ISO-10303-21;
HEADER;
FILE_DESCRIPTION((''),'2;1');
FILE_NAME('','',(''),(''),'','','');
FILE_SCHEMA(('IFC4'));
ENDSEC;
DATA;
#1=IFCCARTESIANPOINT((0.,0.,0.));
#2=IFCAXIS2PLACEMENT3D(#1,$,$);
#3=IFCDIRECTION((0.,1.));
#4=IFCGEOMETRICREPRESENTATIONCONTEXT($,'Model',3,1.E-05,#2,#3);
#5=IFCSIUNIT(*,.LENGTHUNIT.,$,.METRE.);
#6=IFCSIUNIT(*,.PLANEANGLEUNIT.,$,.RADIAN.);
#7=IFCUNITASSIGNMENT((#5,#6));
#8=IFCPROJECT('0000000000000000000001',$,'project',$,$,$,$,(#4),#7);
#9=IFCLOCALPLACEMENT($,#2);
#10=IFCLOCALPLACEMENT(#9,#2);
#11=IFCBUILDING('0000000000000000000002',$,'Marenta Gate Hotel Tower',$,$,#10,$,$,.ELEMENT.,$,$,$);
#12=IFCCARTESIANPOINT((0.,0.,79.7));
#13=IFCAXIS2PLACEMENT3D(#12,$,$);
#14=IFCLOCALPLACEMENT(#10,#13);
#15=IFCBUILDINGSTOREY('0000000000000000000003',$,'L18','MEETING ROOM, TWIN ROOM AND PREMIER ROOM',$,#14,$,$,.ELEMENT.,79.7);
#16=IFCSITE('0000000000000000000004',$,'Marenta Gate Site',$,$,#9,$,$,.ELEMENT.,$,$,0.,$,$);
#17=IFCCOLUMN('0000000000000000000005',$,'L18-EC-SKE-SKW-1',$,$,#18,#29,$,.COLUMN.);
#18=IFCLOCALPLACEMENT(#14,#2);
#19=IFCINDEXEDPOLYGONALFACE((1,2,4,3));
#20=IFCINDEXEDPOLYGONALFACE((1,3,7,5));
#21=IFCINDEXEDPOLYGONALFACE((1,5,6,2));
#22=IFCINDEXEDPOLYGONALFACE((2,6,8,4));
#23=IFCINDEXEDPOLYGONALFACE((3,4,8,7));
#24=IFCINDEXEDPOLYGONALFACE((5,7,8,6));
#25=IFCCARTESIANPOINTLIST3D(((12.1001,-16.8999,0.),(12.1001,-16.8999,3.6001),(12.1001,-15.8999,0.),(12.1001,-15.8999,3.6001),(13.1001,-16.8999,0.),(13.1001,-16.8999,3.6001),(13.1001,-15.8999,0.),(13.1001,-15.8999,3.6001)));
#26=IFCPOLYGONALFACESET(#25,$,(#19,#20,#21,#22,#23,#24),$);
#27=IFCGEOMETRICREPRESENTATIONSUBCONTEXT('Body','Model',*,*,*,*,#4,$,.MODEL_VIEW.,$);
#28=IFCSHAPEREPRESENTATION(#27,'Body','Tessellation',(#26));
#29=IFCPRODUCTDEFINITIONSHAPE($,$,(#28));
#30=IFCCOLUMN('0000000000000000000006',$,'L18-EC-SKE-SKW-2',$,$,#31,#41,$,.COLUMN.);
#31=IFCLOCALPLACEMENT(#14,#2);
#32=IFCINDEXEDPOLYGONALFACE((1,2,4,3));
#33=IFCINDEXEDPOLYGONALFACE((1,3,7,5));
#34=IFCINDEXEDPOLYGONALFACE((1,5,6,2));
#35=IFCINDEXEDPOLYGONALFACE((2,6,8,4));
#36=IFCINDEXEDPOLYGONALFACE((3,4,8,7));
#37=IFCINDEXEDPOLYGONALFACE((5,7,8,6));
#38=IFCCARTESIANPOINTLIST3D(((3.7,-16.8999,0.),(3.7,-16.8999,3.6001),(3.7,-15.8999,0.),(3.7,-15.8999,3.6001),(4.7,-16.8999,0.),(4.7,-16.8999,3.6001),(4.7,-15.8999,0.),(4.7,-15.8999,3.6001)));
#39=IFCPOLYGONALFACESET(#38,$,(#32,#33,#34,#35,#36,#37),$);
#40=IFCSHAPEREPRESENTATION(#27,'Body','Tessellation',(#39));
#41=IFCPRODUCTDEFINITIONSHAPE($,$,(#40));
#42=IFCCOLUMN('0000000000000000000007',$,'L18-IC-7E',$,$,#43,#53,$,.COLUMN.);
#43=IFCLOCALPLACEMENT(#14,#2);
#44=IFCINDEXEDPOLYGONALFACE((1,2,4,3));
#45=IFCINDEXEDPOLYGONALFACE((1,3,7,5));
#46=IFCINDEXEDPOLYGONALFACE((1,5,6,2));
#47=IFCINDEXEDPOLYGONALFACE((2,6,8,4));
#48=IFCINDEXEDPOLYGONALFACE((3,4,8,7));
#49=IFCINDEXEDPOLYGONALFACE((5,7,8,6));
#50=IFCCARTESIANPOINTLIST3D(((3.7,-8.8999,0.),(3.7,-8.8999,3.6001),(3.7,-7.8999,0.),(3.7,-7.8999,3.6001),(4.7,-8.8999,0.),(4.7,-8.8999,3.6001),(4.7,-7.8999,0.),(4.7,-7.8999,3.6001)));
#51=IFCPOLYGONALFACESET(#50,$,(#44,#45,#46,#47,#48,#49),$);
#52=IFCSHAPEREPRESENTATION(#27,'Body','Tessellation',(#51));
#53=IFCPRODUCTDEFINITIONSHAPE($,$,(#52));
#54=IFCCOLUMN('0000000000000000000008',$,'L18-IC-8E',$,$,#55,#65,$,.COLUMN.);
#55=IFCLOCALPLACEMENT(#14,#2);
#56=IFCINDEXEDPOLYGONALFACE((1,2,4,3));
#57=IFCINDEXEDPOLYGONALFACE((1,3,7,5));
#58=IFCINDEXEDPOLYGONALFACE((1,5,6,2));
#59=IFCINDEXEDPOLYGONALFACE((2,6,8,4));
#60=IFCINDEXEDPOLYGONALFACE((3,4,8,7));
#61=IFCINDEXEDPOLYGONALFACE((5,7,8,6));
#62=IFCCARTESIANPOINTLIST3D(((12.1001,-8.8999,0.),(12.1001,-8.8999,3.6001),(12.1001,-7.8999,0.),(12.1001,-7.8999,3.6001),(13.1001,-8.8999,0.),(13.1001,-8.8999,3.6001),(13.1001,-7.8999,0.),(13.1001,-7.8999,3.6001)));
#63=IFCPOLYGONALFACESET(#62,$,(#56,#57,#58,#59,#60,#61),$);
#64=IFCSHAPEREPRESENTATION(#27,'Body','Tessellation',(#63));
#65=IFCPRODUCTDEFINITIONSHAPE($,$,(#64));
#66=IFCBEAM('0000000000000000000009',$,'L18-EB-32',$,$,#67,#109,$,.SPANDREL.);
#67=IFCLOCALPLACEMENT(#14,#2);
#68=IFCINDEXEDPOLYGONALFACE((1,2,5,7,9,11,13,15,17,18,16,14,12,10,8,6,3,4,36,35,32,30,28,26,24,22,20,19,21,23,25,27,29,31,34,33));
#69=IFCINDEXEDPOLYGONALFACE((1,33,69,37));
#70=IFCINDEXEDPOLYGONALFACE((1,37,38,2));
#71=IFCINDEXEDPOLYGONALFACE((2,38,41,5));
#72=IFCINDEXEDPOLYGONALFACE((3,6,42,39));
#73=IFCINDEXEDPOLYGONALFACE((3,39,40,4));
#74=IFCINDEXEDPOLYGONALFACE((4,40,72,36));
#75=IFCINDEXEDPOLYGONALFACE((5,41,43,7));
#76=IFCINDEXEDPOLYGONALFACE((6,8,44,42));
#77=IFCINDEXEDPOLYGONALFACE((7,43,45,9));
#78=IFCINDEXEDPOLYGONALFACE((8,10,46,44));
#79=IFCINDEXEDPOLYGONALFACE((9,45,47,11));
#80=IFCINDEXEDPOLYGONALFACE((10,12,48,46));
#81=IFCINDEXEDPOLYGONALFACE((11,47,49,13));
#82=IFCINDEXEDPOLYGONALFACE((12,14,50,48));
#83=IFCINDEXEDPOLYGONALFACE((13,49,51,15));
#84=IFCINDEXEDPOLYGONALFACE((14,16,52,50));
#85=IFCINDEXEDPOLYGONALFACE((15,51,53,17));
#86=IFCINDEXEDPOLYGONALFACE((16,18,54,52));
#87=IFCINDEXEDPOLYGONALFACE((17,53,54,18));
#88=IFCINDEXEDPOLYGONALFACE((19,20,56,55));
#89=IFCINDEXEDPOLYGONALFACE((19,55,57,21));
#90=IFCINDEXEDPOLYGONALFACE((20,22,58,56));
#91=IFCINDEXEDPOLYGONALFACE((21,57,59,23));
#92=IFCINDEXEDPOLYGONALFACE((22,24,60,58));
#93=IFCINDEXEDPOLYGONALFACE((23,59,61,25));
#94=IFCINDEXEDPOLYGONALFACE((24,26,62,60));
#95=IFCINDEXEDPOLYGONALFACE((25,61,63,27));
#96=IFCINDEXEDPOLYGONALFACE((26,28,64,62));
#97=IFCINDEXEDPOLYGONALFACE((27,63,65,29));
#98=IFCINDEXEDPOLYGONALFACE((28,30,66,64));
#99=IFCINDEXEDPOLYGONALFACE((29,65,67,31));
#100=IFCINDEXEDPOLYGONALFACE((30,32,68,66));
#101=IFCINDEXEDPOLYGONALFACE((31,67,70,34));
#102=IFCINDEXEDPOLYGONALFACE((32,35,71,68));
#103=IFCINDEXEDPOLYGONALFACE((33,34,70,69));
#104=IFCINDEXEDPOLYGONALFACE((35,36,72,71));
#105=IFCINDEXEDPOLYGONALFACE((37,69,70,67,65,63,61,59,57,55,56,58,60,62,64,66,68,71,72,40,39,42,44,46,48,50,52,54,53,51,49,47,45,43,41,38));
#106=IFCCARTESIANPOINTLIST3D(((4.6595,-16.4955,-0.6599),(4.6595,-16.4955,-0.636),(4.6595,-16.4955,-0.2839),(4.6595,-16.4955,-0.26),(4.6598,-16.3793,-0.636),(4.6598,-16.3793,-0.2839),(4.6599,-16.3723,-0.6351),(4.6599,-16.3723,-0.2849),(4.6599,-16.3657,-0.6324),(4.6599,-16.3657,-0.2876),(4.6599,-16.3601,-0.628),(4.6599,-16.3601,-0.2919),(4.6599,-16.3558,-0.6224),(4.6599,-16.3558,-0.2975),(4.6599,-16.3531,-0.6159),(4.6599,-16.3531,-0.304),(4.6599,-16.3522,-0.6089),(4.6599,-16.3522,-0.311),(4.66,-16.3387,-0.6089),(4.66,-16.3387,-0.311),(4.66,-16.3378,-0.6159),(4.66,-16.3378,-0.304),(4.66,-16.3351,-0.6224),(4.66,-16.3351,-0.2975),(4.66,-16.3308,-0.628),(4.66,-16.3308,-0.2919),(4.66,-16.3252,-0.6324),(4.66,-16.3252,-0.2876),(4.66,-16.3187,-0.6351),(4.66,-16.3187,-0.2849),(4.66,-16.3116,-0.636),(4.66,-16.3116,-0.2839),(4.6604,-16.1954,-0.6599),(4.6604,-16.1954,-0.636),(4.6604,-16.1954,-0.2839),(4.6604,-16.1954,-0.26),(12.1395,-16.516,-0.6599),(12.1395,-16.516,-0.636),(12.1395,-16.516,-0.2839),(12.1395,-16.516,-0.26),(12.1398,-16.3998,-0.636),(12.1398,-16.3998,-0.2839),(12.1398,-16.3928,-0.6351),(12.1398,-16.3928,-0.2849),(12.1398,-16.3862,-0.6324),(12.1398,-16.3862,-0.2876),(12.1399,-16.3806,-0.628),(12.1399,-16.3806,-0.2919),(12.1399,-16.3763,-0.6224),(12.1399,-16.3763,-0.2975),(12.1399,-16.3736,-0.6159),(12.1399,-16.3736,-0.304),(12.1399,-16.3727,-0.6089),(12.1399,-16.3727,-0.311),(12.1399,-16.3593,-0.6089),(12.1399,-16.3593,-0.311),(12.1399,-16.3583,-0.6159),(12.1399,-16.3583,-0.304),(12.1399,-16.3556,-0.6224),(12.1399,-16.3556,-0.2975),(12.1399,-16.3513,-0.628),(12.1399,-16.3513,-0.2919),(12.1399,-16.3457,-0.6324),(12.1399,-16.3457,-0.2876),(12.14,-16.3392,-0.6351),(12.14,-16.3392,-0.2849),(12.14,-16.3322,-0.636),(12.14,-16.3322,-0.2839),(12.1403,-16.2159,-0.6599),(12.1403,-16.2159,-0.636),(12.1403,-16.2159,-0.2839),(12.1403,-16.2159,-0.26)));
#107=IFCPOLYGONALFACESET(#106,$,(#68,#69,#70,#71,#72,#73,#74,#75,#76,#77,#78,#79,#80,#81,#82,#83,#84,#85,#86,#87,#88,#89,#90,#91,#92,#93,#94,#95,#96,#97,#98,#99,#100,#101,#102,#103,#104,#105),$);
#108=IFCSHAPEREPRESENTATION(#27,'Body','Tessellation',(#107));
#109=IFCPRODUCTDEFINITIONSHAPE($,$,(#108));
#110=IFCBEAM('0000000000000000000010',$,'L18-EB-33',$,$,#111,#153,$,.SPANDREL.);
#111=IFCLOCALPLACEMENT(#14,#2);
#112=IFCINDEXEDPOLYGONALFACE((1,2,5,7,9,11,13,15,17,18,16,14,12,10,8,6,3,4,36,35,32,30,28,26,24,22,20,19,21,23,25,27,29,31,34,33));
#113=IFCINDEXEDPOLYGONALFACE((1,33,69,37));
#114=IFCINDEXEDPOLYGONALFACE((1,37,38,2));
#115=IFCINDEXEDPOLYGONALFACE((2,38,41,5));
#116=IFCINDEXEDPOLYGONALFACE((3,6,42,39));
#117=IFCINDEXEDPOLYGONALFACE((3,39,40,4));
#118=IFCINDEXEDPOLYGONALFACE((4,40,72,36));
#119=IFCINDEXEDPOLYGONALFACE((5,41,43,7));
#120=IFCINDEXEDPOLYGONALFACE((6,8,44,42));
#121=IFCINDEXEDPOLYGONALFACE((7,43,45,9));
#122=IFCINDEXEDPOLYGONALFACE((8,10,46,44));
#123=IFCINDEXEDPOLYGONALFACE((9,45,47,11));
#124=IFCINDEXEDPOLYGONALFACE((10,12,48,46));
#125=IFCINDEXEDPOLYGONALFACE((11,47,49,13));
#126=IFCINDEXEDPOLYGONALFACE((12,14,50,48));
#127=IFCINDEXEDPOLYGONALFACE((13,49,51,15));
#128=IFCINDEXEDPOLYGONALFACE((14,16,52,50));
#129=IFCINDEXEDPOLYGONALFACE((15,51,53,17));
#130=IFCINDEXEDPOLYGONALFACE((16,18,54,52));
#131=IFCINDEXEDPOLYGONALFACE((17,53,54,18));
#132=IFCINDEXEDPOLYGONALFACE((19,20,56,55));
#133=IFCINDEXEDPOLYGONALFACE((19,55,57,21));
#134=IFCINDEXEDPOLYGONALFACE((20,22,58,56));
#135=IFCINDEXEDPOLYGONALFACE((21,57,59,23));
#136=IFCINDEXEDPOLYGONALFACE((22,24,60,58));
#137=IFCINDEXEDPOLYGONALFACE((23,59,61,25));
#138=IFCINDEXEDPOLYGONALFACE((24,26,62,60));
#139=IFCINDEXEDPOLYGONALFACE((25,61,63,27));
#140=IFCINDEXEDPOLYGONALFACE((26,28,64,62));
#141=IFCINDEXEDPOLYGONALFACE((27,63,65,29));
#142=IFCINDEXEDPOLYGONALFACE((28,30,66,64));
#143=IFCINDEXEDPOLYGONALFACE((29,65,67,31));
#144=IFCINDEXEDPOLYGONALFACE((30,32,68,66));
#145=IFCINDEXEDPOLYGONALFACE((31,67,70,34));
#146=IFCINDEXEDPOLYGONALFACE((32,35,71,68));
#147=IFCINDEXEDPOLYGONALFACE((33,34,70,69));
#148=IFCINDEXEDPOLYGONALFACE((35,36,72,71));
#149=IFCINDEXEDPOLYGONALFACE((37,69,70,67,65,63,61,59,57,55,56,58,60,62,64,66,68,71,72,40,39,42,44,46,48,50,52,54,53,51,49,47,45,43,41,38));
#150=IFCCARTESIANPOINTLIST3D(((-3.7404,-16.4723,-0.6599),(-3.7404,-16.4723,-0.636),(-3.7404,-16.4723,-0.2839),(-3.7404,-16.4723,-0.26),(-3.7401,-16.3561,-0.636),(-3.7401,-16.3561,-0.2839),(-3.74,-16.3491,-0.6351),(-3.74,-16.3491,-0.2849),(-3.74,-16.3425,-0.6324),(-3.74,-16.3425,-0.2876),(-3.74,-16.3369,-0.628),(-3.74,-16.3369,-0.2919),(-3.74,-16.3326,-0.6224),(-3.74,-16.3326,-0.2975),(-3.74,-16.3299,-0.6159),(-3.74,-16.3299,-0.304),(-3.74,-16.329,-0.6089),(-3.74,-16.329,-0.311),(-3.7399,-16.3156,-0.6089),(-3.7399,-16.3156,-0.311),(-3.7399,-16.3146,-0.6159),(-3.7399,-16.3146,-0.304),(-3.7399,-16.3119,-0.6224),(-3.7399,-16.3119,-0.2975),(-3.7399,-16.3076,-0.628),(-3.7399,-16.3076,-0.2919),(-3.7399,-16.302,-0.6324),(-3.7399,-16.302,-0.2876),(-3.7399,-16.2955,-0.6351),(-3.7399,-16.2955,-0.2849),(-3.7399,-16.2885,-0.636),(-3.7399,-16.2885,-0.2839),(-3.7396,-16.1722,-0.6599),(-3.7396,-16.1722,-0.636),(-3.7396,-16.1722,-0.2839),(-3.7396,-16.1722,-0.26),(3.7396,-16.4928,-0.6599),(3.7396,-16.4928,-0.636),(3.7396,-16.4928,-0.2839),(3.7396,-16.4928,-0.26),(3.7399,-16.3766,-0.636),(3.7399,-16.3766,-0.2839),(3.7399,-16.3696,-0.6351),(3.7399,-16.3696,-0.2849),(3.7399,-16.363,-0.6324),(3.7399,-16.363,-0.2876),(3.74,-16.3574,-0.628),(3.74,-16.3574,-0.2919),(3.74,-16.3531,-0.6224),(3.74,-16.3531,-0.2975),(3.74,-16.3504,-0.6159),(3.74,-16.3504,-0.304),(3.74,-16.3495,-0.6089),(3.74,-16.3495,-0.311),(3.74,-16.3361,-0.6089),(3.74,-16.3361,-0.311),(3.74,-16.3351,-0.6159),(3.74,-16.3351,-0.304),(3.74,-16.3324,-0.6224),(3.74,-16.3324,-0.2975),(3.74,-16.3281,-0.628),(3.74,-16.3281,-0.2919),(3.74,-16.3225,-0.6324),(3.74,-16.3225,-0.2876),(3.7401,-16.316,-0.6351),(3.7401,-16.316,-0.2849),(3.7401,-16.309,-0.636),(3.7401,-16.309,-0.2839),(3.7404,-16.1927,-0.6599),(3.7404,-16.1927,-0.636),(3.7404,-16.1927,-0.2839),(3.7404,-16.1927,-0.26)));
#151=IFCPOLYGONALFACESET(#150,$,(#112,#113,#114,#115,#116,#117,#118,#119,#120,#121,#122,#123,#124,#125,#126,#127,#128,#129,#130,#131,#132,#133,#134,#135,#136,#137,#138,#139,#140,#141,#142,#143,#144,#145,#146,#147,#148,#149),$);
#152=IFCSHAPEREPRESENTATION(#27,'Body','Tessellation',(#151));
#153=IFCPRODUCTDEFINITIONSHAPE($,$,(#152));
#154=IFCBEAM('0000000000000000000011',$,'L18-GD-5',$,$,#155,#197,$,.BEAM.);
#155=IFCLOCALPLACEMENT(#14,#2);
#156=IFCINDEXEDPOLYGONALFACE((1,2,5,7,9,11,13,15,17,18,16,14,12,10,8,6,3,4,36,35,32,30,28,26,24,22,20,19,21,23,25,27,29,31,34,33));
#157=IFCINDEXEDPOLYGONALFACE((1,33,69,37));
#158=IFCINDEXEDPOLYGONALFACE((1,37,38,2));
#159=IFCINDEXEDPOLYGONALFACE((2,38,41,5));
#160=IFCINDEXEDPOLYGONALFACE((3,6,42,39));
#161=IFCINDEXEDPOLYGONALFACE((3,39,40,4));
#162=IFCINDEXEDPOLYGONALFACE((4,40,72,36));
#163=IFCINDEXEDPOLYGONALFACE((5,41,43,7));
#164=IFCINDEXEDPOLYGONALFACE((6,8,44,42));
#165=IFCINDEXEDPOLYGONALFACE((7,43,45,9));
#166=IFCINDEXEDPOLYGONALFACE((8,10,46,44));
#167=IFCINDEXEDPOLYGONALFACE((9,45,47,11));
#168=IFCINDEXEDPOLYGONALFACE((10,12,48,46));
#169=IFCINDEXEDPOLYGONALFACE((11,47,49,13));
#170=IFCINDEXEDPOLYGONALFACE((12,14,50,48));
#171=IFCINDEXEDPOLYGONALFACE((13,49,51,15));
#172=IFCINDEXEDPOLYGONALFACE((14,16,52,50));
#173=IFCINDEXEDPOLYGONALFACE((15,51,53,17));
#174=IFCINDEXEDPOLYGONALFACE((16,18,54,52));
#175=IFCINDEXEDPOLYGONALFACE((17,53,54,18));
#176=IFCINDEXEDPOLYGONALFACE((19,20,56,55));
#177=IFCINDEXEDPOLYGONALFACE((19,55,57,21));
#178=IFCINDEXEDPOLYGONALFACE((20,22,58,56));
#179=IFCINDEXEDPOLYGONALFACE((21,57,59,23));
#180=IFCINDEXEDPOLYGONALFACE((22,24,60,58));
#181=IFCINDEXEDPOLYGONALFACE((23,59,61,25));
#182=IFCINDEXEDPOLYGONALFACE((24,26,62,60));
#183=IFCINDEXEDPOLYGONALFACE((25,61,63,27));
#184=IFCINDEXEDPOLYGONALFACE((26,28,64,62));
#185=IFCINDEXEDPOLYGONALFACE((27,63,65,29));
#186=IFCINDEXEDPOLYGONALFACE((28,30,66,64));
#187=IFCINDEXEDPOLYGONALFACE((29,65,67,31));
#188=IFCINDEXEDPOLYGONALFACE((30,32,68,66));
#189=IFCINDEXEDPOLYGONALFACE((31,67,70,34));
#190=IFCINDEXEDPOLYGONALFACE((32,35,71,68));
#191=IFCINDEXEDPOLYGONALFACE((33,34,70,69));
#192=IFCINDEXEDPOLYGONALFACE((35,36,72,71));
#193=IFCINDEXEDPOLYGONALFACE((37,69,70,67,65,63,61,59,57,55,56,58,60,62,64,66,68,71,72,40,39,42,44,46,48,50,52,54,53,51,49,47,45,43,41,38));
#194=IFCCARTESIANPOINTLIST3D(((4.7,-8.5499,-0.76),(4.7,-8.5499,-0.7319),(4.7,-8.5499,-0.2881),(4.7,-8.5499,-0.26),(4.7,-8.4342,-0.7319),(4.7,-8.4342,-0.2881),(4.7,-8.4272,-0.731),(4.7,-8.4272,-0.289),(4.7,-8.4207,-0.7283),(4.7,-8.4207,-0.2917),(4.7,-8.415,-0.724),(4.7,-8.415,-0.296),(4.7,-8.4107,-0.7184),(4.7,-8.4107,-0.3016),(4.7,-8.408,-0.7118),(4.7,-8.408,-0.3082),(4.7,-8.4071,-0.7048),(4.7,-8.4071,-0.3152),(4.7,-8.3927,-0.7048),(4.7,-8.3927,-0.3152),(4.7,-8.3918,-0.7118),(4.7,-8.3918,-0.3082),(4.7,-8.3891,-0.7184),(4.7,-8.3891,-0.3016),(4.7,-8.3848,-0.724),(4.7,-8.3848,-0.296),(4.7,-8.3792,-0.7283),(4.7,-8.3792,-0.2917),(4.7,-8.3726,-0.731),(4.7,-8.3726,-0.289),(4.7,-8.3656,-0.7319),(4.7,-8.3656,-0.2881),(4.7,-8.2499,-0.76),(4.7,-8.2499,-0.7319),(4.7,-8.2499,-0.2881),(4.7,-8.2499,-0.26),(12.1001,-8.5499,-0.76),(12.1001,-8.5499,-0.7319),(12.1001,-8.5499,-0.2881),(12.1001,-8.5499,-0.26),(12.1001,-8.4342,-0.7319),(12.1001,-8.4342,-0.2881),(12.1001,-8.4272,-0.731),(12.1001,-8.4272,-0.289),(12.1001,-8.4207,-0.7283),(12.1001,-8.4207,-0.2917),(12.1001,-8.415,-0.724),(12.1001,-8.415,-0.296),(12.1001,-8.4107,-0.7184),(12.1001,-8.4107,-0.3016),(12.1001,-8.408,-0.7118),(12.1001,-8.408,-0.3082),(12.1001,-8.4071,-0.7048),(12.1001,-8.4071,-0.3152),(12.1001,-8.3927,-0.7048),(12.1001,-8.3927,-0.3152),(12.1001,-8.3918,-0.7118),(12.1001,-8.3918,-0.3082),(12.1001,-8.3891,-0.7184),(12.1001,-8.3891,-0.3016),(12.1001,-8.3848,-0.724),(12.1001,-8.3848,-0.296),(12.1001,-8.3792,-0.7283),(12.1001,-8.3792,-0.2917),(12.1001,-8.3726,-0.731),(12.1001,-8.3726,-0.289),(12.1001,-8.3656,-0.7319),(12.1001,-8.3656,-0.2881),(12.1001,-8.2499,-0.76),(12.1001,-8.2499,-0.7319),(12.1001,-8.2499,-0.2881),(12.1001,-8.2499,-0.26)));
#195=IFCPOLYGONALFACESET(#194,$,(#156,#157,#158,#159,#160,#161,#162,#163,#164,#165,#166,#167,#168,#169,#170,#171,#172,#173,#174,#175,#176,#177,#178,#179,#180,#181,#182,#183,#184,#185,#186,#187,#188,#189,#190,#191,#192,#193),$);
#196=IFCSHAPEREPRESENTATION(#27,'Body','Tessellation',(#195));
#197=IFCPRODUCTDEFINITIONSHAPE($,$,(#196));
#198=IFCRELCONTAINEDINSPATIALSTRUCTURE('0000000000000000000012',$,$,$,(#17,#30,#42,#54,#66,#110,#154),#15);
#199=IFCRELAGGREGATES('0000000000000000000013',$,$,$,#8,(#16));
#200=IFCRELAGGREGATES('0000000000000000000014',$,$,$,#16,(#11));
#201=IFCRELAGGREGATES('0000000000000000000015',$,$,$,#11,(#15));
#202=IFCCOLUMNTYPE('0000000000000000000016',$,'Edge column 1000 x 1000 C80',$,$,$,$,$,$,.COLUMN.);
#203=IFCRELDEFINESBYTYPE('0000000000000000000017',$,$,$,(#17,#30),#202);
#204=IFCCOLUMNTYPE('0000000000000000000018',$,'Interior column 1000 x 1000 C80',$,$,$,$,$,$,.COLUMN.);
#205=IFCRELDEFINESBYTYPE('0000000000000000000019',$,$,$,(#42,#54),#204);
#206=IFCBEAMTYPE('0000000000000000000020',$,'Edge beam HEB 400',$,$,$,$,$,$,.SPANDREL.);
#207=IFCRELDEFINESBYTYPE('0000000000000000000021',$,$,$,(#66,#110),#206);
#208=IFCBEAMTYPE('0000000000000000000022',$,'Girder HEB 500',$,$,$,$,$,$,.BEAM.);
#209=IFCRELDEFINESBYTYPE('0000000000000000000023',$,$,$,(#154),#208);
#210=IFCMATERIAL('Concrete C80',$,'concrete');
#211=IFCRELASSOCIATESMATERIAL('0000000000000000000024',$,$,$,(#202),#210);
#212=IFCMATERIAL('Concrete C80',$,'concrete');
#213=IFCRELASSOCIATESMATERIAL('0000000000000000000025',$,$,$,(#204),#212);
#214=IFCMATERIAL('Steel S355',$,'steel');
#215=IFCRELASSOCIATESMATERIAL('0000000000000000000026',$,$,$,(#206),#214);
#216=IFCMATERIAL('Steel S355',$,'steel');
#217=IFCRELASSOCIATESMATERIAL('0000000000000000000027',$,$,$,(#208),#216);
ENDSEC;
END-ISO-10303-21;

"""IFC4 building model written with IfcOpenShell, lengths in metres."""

from ifc_helpers import new_model, si_unit, direction, frame, origin, origin_2d, place, context, subcontext, project, spatial, rectangle, i_section, extrude, material, material_profile, profile_set, type_object, element, save


model = new_model("IFC4")

# Units and contexts
model_context = context("Model", 3, precision=1e-05, world=origin(), true_north=direction((0.0, 1.0)))
body_context = subcontext(model_context, "Body", "Model", "MODEL_VIEW")
ifc_project = project(units=[si_unit("LENGTHUNIT", "METRE"), si_unit("PLANEANGLEUNIT", "RADIAN")], contexts=[model_context])

# Site, building, storey
site_placement = place(None, origin())
site = spatial("IfcSite", under=ifc_project, at=site_placement, Name="Marenta Gate Site", CompositionType="ELEMENT", RefElevation=0.0)
building_placement = place(site_placement, origin())
building = spatial("IfcBuilding", under=site, at=building_placement, Name="Marenta Gate Hotel Tower", CompositionType="ELEMENT")
storey_placement = place(building_placement, frame((0.0, 0.0, 79.7)))
storey = spatial("IfcBuildingStorey", under=building, at=storey_placement, Name="L18", Description="MEETING ROOM, TWIN ROOM AND PREMIER ROOM", CompositionType="ELEMENT", Elevation=79.7)

# Columns
ifc_material_1 = material(Name="Concrete C80", Category="concrete")
ifc_material_profile_1 = material_profile(ifc_material_1, rectangle(XDim=1.0, YDim=1.0, at=origin_2d()), Name="1000 x 1000")
ifc_profile_set_1 = profile_set([ifc_material_profile_1], Name="Concrete C80")
column_type_1 = type_object("IfcColumnType", Name="Edge column 1000 x 1000 C80", PredefinedType="COLUMN", material=ifc_profile_set_1)
for number, where, z_axis, x_axis, name in (
    (1, (12.6001, -16.3999, 0.0), (0.0, 0.0, 1.0), (1.0, 0.0, 0.0), "L18-EC-SKE-SKW-1"),
    (2, (4.2, -16.3999, 0.0), (0.0, 0.0, 1.0), (1.0, 0.0, 0.0), "L18-EC-SKE-SKW-2"),
):
    element("IfcColumn", number, at=place(storey_placement, frame(where, z_axis=z_axis, x_axis=x_axis)), inside=storey, type_object=column_type_1, Name=name, PredefinedType="COLUMN", context=body_context, shape_type="SweptSolid", body=[
        extrude(rectangle(XDim=1.0, YDim=1.0, at=origin_2d()), origin(), (0.0, 0.0, 1.0), 3.6001),
    ])
ifc_material_2 = material(Name="Concrete C80", Category="concrete")
ifc_material_profile_2 = material_profile(ifc_material_2, rectangle(XDim=1.0, YDim=1.0, at=origin_2d()), Name="1000 x 1000")
ifc_profile_set_2 = profile_set([ifc_material_profile_2], Name="Concrete C80")
column_type_2 = type_object("IfcColumnType", Name="Interior column 1000 x 1000 C80", PredefinedType="COLUMN", material=ifc_profile_set_2)
for number, where, z_axis, x_axis, name in (
    (3, (4.2, -8.3999, 0.0), (0.0, 0.0, 1.0), (1.0, 0.0, 0.0), "L18-IC-7E"),
    (4, (12.6001, -8.3999, 0.0), (0.0, 0.0, 1.0), (1.0, 0.0, 0.0), "L18-IC-8E"),
):
    element("IfcColumn", number, at=place(storey_placement, frame(where, z_axis=z_axis, x_axis=x_axis)), inside=storey, type_object=column_type_2, Name=name, PredefinedType="COLUMN", context=body_context, shape_type="SweptSolid", body=[
        extrude(rectangle(XDim=1.0, YDim=1.0, at=origin_2d()), origin(), (0.0, 0.0, 1.0), 3.6001),
    ])

# Beams
ifc_material_3 = material(Name="Steel S355", Category="steel")
ifc_material_profile_3 = material_profile(ifc_material_3, i_section(OverallWidth=0.3, OverallDepth=0.3999, WebThickness=0.0134, FlangeThickness=0.0239, FilletRadius=0.0271, at=origin_2d()), Name="HEB 400")
ifc_profile_set_3 = profile_set([ifc_material_profile_3], Name="Steel S355")
beam_type_1 = type_object("IfcBeamType", Name="Edge beam HEB 400", PredefinedType="SPANDREL", material=ifc_profile_set_3)
for number, where, z_axis, x_axis, name in (
    (5, (12.1399, -16.366, -0.46), (-0.999996, 0.002742, 0.0), (-0.002742, -0.999996, 0.0), "L18-EB-32"),
    (6, (3.74, -16.3428, -0.46), (-0.999996, 0.002742, 0.0), (-0.002742, -0.999996, 0.0), "L18-EB-33"),
):
    element("IfcBeam", number, at=place(storey_placement, frame(where, z_axis=z_axis, x_axis=x_axis)), inside=storey, type_object=beam_type_1, Name=name, PredefinedType="SPANDREL", context=body_context, shape_type="SweptSolid", body=[
        extrude(i_section(OverallWidth=0.3, OverallDepth=0.3999, WebThickness=0.0134, FlangeThickness=0.0239, FilletRadius=0.0271, at=origin_2d()), origin(), (0.0, 0.0, 1.0), 7.48),
    ])
ifc_material_4 = material(Name="Steel S355", Category="steel")
ifc_material_profile_4 = material_profile(ifc_material_4, i_section(OverallWidth=0.3, OverallDepth=0.5, WebThickness=0.0144, FlangeThickness=0.0281, FilletRadius=0.0271, at=origin_2d()), Name="HEB 500")
ifc_profile_set_4 = profile_set([ifc_material_profile_4], Name="Steel S355")
beam_type_2 = type_object("IfcBeamType", Name="Girder HEB 500", PredefinedType="BEAM", material=ifc_profile_set_4)
beam_1_placement = place(storey_placement, frame((4.7, -8.3999, -0.51), z_axis=(1.0, 0.0, 0.0), x_axis=(0.0, 1.0, 0.0)))
element("IfcBeam", 7, at=beam_1_placement, inside=storey, type_object=beam_type_2, Name="L18-GD-5", PredefinedType="BEAM", context=body_context, shape_type="SweptSolid", body=[
    extrude(i_section(OverallWidth=0.3, OverallDepth=0.5, WebThickness=0.0144, FlangeThickness=0.0281, FilletRadius=0.0271, at=origin_2d()), origin(), (0.0, 0.0, 1.0), 7.4001),
])

save(model, "model.ifc")
